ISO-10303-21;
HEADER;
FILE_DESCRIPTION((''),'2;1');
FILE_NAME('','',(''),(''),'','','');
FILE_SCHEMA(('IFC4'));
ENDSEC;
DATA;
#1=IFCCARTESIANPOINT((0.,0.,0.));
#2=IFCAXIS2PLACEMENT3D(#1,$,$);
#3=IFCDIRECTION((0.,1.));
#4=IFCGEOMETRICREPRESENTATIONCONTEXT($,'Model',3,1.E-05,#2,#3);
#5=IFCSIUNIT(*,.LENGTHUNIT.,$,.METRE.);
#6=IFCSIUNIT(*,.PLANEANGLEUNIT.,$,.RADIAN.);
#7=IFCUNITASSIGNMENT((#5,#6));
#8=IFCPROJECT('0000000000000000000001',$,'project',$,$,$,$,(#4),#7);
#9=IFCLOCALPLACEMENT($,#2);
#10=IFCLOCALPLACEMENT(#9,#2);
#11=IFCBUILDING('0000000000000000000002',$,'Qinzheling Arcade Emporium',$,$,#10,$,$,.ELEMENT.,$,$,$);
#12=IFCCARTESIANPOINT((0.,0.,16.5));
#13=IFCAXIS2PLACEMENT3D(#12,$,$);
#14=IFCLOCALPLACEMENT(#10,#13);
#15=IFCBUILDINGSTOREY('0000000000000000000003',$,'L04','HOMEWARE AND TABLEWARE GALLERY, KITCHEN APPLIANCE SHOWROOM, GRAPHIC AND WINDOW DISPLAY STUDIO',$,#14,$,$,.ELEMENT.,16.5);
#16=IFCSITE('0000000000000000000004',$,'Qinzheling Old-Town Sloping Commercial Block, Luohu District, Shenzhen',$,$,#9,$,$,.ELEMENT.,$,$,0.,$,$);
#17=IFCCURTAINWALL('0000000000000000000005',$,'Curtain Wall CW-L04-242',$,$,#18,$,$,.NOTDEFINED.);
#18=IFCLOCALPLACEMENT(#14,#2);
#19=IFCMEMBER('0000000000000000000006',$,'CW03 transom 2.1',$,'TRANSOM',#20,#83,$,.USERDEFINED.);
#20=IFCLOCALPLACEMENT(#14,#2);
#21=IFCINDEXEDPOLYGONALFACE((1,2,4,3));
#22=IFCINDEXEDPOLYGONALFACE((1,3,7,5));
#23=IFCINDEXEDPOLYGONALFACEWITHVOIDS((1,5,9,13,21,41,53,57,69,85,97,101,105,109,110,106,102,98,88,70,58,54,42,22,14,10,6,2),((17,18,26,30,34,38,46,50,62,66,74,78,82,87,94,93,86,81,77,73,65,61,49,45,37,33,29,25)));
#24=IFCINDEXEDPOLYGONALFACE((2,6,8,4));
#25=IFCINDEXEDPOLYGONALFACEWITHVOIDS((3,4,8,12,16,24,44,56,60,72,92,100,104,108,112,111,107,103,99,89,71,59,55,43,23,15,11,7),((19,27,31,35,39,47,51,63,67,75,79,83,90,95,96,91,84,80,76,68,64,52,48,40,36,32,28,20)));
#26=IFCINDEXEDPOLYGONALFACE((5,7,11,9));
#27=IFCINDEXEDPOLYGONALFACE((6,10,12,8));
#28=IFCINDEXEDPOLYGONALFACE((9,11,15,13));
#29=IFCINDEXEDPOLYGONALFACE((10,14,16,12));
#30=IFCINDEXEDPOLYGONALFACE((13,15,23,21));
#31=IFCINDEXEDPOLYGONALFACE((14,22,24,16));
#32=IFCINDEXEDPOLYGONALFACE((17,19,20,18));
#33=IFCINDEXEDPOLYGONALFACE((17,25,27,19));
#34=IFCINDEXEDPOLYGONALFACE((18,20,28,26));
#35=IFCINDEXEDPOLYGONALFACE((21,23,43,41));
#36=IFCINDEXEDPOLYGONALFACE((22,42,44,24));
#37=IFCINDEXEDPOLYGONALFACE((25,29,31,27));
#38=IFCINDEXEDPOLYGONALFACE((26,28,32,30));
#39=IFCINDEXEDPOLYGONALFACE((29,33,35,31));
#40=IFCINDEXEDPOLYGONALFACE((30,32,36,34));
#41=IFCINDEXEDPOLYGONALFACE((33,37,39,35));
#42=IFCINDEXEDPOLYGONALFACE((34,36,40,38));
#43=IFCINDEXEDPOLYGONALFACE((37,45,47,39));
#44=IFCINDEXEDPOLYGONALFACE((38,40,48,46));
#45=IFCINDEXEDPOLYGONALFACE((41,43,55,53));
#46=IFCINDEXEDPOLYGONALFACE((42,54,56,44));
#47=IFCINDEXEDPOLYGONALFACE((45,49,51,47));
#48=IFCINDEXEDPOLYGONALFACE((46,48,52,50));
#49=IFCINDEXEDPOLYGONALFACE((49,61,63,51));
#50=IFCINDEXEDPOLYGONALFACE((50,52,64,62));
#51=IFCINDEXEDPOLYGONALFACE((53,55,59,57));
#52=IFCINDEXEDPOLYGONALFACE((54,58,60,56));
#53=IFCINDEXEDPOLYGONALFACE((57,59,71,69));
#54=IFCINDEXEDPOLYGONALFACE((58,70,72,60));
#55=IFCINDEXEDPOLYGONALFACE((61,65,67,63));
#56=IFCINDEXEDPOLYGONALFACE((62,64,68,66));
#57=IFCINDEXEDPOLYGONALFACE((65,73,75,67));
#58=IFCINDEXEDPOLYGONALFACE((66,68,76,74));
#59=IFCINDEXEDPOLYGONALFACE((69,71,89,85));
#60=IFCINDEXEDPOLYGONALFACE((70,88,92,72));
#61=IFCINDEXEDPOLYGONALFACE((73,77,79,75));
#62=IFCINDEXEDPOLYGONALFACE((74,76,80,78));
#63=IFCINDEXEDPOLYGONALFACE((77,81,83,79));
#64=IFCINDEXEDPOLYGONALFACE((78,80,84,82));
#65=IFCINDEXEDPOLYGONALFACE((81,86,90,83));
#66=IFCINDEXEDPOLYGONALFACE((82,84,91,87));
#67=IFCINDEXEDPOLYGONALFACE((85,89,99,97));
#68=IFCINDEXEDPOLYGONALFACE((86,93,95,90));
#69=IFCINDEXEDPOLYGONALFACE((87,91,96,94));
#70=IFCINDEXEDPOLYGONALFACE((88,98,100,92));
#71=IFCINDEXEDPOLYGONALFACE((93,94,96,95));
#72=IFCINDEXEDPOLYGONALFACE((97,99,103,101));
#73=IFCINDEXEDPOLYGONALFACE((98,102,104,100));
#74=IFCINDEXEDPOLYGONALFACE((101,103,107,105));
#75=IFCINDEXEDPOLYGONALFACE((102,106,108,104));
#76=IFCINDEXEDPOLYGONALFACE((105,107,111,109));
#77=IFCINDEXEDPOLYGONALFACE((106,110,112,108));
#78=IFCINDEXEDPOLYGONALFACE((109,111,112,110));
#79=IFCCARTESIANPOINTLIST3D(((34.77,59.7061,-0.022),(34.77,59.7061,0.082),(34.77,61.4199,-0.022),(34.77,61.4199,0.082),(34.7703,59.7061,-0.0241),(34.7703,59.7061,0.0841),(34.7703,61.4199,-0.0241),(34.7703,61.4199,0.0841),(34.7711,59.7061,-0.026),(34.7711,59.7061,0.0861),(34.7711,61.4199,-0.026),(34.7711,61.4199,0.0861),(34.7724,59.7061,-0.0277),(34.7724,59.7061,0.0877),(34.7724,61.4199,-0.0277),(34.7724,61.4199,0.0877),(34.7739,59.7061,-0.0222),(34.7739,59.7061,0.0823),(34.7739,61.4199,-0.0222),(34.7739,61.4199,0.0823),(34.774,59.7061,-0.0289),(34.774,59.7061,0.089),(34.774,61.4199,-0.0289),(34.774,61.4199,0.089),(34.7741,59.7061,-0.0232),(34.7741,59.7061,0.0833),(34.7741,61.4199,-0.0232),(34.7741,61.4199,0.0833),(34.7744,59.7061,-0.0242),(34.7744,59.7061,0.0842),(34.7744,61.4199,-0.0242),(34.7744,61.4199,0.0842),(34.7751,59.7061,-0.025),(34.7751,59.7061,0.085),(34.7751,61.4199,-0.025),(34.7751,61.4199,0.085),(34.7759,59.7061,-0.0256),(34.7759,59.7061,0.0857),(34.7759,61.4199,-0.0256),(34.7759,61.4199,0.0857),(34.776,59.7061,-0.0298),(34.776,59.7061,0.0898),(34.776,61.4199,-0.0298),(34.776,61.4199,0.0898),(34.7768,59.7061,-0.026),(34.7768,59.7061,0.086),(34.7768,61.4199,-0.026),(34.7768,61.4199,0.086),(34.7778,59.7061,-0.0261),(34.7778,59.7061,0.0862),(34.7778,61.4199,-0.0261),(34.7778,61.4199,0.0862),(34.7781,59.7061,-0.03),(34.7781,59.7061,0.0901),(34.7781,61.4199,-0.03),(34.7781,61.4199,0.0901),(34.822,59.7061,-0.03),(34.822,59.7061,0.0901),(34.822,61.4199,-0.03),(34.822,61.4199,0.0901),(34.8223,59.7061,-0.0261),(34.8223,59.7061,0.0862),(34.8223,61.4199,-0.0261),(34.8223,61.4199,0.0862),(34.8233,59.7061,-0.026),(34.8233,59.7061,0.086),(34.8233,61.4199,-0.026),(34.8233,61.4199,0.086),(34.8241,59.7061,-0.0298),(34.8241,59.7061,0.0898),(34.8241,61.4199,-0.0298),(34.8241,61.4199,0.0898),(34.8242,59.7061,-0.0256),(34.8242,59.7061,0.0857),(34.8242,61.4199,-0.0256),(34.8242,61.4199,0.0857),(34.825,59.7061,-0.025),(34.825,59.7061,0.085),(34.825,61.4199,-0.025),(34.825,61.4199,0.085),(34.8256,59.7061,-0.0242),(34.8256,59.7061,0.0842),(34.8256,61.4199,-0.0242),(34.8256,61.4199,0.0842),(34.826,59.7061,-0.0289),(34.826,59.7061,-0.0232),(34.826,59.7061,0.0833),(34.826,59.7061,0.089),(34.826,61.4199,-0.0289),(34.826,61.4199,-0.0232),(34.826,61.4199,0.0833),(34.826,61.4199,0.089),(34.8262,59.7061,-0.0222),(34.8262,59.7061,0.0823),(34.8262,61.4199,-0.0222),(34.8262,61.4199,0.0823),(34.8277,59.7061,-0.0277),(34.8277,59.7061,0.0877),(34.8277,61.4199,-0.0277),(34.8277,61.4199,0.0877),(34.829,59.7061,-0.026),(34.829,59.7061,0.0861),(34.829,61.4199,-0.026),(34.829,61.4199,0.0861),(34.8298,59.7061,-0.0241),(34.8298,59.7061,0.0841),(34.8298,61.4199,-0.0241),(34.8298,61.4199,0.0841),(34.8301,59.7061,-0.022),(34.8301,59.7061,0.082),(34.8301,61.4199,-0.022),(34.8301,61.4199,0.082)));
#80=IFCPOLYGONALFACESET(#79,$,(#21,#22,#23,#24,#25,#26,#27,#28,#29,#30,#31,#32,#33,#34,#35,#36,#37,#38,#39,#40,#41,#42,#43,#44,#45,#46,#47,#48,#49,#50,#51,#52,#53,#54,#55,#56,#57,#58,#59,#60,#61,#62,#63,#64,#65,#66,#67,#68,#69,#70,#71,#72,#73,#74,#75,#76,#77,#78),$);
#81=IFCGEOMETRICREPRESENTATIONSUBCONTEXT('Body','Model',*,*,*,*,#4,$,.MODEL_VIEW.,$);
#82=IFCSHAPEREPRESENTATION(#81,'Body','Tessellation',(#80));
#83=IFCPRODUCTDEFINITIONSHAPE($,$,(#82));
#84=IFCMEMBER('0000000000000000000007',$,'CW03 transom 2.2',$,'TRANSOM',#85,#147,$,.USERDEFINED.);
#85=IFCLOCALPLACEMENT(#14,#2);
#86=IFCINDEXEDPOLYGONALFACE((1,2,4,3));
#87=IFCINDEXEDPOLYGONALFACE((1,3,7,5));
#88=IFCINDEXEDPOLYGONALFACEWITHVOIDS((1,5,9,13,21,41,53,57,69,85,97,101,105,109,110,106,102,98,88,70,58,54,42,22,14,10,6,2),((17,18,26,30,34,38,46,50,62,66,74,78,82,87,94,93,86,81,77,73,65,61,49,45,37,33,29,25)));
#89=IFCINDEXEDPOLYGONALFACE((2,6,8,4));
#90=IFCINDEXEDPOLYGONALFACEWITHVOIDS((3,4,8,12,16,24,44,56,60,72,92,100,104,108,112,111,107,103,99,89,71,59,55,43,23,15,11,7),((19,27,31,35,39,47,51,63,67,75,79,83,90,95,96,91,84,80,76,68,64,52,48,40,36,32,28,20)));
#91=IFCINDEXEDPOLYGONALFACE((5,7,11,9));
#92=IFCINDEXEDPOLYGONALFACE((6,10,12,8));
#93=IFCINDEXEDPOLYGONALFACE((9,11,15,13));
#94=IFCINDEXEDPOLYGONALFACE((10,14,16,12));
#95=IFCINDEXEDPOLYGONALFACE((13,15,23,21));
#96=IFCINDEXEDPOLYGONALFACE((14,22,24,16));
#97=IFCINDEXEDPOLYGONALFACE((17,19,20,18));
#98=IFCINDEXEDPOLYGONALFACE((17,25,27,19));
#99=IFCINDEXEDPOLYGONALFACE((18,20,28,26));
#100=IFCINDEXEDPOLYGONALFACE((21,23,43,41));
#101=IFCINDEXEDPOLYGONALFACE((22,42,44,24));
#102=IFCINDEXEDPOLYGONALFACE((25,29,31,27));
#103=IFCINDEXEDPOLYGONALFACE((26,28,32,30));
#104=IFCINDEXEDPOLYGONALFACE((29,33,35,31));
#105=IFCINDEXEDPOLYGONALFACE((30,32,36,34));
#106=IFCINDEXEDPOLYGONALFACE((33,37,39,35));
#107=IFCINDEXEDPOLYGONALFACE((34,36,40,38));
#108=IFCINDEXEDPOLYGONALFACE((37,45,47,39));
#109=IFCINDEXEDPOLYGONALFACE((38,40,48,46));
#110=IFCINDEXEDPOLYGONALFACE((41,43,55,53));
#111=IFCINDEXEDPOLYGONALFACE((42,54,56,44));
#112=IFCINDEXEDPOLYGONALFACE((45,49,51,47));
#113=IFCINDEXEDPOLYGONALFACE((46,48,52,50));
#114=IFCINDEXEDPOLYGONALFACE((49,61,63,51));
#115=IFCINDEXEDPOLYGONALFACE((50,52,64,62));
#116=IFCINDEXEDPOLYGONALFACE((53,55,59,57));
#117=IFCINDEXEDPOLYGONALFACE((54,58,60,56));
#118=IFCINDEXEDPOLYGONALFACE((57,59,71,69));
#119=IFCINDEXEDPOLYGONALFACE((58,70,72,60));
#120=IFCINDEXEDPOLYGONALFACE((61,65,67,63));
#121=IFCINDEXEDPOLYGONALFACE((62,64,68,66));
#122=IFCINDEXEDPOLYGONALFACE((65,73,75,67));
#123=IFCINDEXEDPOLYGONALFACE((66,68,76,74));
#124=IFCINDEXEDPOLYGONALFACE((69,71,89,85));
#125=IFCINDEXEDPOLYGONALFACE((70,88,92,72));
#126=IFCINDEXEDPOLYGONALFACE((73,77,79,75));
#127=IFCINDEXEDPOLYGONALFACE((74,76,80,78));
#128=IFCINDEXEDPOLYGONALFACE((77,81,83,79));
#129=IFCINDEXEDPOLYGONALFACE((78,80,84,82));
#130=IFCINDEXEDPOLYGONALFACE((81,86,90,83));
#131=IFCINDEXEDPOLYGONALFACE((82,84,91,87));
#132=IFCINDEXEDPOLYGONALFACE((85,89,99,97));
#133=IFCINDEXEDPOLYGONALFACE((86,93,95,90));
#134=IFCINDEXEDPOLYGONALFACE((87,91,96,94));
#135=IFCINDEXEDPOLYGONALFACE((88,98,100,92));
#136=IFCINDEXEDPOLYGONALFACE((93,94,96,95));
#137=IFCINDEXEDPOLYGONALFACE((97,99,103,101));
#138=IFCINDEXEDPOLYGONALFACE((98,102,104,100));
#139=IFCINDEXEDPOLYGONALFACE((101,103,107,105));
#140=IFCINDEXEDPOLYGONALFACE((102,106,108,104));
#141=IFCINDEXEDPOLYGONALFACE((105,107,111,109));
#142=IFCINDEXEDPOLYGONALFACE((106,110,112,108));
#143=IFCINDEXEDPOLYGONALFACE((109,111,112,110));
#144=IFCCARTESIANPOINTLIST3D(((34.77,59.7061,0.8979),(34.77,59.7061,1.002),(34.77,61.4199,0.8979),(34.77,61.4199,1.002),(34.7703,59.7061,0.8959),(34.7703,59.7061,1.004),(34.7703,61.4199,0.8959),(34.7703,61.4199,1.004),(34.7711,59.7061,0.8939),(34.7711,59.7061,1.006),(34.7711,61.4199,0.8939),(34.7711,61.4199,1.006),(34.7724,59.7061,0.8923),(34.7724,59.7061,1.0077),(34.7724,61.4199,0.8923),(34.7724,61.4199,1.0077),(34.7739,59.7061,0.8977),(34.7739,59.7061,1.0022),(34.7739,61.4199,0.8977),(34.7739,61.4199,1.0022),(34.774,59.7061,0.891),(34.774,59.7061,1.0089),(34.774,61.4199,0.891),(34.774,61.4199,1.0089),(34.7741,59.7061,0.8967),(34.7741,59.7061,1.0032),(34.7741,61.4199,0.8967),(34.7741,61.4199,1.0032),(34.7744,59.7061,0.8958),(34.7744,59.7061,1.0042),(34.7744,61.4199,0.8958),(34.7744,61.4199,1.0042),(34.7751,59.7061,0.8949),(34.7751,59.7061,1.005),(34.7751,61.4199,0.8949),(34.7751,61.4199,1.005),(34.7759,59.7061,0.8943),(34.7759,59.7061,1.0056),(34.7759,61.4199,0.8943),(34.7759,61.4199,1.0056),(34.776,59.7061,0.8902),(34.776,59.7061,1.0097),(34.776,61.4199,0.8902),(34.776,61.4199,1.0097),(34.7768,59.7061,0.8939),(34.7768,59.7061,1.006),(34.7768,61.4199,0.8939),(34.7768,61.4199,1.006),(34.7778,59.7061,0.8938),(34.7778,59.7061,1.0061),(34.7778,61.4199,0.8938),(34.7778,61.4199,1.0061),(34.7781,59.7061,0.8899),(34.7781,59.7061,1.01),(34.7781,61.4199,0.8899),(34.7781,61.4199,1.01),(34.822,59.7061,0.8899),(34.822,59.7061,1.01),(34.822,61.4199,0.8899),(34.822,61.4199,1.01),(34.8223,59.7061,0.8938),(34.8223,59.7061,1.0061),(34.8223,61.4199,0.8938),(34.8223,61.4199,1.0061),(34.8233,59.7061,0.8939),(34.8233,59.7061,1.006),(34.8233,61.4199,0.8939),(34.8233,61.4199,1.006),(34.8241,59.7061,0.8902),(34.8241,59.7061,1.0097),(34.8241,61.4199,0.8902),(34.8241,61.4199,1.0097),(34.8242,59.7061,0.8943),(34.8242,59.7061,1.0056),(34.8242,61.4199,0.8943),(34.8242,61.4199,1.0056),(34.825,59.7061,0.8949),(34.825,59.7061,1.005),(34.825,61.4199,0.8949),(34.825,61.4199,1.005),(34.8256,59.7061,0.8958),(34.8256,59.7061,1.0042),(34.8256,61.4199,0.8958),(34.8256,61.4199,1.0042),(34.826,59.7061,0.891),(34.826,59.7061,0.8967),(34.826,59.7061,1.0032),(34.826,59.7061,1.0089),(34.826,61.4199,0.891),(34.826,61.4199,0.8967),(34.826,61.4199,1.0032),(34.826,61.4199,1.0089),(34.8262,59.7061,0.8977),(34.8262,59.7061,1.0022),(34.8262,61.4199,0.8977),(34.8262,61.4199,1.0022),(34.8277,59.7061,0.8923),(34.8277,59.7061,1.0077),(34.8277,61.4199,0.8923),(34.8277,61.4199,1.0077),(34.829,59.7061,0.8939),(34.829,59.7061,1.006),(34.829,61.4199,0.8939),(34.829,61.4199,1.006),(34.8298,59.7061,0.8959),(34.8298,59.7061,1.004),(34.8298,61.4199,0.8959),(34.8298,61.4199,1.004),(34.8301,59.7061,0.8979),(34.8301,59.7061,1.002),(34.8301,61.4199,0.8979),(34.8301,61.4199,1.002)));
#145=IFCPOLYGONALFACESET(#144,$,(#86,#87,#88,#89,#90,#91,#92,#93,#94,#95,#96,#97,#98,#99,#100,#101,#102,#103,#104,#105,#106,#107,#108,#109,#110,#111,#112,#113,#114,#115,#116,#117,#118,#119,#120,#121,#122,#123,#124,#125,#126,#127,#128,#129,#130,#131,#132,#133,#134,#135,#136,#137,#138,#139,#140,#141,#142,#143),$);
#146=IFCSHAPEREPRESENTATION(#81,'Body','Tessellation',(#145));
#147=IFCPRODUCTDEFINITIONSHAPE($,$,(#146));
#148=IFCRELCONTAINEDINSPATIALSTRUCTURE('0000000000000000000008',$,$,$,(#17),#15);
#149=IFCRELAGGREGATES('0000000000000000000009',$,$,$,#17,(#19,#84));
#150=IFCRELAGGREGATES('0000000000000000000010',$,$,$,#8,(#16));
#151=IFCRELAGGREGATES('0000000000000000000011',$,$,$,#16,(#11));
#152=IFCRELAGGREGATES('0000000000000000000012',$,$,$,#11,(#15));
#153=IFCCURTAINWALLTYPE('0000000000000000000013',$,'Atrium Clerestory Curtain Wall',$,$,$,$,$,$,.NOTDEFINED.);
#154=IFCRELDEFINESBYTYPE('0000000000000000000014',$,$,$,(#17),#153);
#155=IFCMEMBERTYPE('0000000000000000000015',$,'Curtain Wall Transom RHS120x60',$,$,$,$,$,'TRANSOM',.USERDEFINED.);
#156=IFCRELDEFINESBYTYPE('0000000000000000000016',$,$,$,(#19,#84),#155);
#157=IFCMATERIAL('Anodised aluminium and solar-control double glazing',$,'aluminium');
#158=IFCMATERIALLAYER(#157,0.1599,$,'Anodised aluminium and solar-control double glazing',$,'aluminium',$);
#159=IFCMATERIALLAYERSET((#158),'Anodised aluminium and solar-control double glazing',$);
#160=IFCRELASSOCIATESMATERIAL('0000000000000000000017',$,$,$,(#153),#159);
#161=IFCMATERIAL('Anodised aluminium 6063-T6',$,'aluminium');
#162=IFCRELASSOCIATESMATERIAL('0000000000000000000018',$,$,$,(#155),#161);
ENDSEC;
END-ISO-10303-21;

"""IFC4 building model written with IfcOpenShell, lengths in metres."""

from ifc_helpers import new_model, si_unit, direction, frame, origin, origin_2d, place, context, subcontext, project, spatial, hollow_rectangle, extrude, material, layer, layer_set, material_profile, profile_set, type_object, element, aggregate, save


model = new_model("IFC4")

# Units and contexts
model_context = context("Model", 3, precision=1e-05, world=origin(), true_north=direction((0.0, 1.0)))
body_context = subcontext(model_context, "Body", "Model", "MODEL_VIEW")
ifc_project = project(units=[si_unit("LENGTHUNIT", "METRE"), si_unit("PLANEANGLEUNIT", "RADIAN")], contexts=[model_context])

# Site, building, storey
site_placement = place(None, origin())
site = spatial("IfcSite", under=ifc_project, at=site_placement, Name="Qinzheling Old-Town Sloping Commercial Block, Luohu District, Shenzhen", CompositionType="ELEMENT", RefElevation=0.0)
building_placement = place(site_placement, origin())
building = spatial("IfcBuilding", under=site, at=building_placement, Name="Qinzheling Arcade Emporium", CompositionType="ELEMENT")
storey_placement = place(building_placement, frame((0.0, 0.0, 16.5)))
storey = spatial("IfcBuildingStorey", under=building, at=storey_placement, Name="L04", Description="HOMEWARE AND TABLEWARE GALLERY, KITCHEN APPLIANCE SHOWROOM, GRAPHIC AND WINDOW DISPLAY STUDIO", CompositionType="ELEMENT", Elevation=16.5)

# Curtain wall
ifc_material_1 = material(Name="Anodised aluminium and solar-control double glazing", Category="aluminium")
ifc_layer_1 = layer(ifc_material_1, 0.1599, Name="Anodised aluminium and solar-control double glazing", Category="aluminium")
ifc_layer_set_1 = layer_set([ifc_layer_1], Name="Anodised aluminium and solar-control double glazing")
curtain_wall_type = type_object("IfcCurtainWallType", Name="Atrium Clerestory Curtain Wall", PredefinedType="NOTDEFINED", material=ifc_layer_set_1)
ifc_material_2 = material(Name="Anodised aluminium 6063-T6", Category="aluminium")
curtain_wall_1_placement = place(storey_placement, origin())
curtain_wall_1 = element("IfcCurtainWall", 1, at=curtain_wall_1_placement, inside=storey, type_object=curtain_wall_type, Name="Curtain Wall CW-L04-242", PredefinedType="NOTDEFINED")

# Members
ifc_material_profile_1 = material_profile(ifc_material_2, hollow_rectangle(XDim=0.0601, YDim=0.1201, WallThickness=0.0039, InnerFilletRadius=0.0039, OuterFilletRadius=0.0081, at=origin_2d()), Name="RHS 120x60x4", Category="aluminium")
ifc_profile_set_1 = profile_set([ifc_material_profile_1], Name="Anodised aluminium 6063-T6")
member_type_1 = type_object("IfcMemberType", Name="Curtain Wall Transom RHS120x60", ElementType="TRANSOM", PredefinedType="USERDEFINED", material=ifc_profile_set_1)
member_1_placement = place(storey_placement, frame((34.8, 59.7061, 0.03), z_axis=(0.0, 1.0, 0.0), x_axis=(-1.0, 0.0, 0.0)))
member_1 = element("IfcMember", 2, at=member_1_placement, type_object=member_type_1, Name="CW03 transom 2.1", ObjectType="TRANSOM", PredefinedType="USERDEFINED", context=body_context, shape_type="SweptSolid", body=[
    extrude(hollow_rectangle(XDim=0.0601, YDim=0.1201, WallThickness=0.0039, InnerFilletRadius=0.0039, OuterFilletRadius=0.0081, at=origin_2d()), origin(), (0.0, 0.0, 1.0), 1.7139),
])
member_2_placement = place(storey_placement, frame((34.8, 59.7061, 0.95), z_axis=(0.0, 1.0, 0.0), x_axis=(-1.0, 0.0, 0.0)))
member_2 = element("IfcMember", 3, at=member_2_placement, type_object=member_type_1, Name="CW03 transom 2.2", ObjectType="TRANSOM", PredefinedType="USERDEFINED", context=body_context, shape_type="SweptSolid", body=[
    extrude(hollow_rectangle(XDim=0.0601, YDim=0.1201, WallThickness=0.0039, InnerFilletRadius=0.0039, OuterFilletRadius=0.0081, at=origin_2d()), origin(), (0.0, 0.0, 1.0), 1.7139),
])

aggregate(curtain_wall_1, [member_1, member_2])

save(model, "model.ifc")
